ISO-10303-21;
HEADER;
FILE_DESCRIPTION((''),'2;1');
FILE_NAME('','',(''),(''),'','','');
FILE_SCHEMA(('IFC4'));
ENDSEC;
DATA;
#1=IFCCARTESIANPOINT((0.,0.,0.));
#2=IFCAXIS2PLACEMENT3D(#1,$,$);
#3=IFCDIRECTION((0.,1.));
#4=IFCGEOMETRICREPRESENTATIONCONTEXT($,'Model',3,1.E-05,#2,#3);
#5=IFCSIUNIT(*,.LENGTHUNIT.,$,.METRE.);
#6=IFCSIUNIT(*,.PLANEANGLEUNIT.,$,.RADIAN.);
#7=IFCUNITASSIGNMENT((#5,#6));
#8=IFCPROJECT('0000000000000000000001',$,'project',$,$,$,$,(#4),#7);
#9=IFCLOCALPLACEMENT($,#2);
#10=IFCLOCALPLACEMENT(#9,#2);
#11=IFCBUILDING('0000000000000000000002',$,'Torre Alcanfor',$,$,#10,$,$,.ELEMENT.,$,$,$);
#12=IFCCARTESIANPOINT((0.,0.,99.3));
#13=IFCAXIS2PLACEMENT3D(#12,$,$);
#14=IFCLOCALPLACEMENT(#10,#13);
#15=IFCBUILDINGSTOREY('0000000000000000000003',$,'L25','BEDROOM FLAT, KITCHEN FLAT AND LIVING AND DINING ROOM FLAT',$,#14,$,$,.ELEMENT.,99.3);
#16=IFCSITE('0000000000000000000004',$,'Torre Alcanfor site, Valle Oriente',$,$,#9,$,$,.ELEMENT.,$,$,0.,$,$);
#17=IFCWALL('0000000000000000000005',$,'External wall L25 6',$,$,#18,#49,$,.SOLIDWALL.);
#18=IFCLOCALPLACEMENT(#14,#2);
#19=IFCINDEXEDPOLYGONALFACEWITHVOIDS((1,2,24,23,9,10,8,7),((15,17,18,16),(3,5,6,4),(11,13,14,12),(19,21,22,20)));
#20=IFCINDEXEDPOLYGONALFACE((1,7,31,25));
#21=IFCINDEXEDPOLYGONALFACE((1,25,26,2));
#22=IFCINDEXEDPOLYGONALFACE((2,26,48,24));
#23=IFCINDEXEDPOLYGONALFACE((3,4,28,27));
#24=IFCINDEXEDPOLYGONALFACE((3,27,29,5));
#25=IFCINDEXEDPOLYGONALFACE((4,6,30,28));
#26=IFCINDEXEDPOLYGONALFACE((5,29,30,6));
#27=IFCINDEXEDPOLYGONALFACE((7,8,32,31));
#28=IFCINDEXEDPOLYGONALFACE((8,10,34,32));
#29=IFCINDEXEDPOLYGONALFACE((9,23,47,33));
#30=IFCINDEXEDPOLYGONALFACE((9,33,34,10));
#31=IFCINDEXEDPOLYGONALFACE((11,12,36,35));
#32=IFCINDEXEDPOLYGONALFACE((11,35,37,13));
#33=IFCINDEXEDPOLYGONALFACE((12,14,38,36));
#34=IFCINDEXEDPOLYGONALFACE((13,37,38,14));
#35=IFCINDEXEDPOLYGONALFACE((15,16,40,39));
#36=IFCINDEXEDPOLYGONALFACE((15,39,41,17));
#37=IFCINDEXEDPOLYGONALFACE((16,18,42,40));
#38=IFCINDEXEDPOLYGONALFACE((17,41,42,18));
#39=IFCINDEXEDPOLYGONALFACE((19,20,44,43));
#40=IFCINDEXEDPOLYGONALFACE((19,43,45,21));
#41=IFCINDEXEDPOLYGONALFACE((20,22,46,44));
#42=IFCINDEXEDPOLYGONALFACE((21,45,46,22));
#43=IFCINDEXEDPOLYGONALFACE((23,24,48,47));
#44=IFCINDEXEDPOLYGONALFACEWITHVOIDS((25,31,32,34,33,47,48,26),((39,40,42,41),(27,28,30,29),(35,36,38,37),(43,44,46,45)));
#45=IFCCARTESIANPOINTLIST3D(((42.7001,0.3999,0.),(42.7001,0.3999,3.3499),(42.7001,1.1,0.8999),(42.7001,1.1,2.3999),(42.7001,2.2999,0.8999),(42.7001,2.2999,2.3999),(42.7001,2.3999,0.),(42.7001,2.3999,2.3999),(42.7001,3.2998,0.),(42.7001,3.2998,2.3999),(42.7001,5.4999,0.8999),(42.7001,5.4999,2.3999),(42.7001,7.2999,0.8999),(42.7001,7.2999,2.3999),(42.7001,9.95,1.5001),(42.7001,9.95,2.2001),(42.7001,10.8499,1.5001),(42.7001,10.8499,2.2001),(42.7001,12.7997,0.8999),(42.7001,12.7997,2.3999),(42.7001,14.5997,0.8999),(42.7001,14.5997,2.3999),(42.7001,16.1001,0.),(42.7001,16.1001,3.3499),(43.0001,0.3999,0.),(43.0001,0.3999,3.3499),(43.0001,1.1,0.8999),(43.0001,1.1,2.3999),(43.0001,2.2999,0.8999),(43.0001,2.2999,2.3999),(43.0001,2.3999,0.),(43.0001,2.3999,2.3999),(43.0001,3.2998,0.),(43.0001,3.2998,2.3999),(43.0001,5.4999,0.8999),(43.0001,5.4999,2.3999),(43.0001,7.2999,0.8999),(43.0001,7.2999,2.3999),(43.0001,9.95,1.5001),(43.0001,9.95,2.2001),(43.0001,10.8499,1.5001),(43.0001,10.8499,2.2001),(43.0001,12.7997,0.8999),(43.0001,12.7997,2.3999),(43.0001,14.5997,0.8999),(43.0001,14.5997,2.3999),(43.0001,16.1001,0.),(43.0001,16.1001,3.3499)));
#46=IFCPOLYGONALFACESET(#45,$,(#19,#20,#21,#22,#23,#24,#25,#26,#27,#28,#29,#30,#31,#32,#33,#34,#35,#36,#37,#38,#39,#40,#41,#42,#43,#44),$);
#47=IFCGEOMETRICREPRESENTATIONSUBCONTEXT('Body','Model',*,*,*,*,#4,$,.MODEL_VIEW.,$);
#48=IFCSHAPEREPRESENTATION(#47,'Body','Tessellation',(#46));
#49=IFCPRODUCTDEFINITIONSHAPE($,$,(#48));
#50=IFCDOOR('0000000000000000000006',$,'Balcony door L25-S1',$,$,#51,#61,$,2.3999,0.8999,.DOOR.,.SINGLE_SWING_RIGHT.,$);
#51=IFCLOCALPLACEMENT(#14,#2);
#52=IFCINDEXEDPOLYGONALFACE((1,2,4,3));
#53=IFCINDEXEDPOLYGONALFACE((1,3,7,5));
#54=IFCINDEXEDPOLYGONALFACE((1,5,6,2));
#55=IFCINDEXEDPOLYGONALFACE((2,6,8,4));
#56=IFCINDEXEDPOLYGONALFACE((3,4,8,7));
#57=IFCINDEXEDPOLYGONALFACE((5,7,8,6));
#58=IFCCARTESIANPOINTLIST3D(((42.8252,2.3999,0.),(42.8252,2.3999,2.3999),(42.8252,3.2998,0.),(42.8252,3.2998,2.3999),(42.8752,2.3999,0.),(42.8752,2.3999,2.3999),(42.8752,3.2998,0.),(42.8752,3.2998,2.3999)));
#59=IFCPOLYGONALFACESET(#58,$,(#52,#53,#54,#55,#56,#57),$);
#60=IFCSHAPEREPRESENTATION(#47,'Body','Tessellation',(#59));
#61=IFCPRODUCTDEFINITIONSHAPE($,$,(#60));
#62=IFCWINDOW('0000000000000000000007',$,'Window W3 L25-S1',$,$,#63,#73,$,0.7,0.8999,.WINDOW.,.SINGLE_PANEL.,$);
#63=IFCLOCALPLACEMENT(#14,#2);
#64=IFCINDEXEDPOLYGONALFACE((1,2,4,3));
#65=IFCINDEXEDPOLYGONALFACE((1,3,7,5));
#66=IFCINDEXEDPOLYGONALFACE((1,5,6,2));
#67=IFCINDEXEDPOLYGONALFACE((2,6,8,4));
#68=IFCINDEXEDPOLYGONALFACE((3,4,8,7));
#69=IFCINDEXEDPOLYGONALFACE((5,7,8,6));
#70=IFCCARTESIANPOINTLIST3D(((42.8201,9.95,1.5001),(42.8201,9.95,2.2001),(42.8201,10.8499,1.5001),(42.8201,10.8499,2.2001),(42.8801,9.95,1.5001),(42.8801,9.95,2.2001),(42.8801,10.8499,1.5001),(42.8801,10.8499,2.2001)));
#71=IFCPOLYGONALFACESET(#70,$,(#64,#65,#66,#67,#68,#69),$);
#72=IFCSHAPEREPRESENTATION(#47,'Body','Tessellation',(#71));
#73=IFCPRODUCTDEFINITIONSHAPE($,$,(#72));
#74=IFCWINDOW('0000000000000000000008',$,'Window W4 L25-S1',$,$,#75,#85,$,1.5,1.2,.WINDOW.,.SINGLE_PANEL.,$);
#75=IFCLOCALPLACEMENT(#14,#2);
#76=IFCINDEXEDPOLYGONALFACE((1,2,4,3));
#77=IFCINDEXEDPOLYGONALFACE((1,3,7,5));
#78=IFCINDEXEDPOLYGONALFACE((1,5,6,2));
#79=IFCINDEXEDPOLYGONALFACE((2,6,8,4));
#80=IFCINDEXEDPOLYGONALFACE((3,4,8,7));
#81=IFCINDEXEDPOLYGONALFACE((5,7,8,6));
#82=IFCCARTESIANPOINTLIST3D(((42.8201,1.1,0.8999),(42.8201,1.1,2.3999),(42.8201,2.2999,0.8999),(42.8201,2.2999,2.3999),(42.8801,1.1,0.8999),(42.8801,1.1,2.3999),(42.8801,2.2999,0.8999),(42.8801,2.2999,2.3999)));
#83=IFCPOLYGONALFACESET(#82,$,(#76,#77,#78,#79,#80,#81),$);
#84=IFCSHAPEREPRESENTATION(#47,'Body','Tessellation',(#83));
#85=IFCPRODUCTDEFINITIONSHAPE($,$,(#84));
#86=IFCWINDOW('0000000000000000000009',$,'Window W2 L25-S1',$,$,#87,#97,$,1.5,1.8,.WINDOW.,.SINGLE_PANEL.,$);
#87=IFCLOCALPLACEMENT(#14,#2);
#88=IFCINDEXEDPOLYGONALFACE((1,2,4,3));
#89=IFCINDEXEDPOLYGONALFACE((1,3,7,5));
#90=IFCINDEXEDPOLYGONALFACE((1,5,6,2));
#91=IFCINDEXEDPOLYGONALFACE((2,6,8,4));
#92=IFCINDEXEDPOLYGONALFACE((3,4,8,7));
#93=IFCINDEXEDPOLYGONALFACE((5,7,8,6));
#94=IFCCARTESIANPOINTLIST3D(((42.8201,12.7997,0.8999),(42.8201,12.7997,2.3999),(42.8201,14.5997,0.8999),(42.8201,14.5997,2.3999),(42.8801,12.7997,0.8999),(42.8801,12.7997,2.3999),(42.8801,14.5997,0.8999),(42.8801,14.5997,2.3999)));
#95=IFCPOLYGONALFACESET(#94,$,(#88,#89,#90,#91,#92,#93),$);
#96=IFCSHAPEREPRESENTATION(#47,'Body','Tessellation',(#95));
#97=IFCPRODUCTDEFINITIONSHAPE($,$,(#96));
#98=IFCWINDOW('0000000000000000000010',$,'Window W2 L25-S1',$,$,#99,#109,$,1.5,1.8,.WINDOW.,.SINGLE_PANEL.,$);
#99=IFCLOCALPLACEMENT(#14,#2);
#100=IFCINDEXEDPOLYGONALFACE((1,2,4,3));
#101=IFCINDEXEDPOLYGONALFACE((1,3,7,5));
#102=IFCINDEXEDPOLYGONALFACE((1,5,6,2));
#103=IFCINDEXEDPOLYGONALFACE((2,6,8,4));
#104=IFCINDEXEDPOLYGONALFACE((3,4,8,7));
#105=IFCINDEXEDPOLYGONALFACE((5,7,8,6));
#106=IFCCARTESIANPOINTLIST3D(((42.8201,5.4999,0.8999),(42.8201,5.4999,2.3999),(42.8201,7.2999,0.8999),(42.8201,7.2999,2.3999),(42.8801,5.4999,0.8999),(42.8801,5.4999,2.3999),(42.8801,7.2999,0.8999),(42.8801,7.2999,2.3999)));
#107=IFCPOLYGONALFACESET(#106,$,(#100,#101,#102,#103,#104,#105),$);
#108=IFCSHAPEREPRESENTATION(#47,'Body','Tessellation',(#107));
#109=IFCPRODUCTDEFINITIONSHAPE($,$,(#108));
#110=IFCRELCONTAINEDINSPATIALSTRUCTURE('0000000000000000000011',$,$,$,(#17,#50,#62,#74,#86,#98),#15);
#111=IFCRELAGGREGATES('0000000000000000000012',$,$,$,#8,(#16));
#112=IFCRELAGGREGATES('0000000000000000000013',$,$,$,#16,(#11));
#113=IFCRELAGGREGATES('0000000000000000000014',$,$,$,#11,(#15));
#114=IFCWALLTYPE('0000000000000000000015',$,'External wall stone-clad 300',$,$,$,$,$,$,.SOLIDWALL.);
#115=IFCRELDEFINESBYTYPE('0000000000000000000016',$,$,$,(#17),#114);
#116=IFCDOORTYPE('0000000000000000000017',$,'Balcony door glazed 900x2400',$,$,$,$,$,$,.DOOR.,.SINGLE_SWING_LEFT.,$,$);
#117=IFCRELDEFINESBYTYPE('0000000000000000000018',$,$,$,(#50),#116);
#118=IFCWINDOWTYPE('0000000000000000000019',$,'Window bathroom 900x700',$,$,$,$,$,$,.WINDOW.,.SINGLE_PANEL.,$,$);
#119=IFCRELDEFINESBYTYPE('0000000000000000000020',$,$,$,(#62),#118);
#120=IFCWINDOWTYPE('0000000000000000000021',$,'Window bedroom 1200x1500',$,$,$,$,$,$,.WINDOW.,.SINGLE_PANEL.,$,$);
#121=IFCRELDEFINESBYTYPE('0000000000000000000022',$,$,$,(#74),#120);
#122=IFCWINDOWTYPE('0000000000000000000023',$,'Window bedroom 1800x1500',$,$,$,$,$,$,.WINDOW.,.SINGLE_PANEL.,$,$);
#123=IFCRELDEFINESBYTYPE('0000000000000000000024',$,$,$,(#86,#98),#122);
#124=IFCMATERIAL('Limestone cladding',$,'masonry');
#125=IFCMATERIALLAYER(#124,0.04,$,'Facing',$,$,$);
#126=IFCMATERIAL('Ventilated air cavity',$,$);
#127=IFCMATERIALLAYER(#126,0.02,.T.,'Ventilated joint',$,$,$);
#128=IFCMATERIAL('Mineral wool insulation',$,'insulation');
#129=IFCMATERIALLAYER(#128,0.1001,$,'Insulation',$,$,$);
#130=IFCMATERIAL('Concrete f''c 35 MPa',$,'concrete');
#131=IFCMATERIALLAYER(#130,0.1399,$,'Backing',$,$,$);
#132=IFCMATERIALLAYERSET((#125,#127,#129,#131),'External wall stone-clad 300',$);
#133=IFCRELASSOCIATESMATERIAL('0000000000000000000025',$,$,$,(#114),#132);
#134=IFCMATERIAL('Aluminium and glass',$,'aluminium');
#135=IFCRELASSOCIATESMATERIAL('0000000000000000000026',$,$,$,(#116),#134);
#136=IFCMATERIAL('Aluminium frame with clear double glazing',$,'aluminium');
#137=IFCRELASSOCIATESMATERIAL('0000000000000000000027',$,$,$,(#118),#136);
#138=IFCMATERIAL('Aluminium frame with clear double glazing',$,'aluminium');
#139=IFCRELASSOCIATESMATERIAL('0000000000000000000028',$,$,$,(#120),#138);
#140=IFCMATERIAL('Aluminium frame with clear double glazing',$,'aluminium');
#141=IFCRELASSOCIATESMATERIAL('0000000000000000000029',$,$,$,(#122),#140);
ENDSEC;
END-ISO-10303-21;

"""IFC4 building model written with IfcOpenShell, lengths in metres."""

from ifc_helpers import new_model, si_unit, direction, frame, frame_2d, origin, place, context, subcontext, project, spatial, rectangle, extrude, material, layer, layer_set, type_object, element, fill, save


model = new_model("IFC4")

# Units and contexts
model_context = context("Model", 3, precision=1e-05, world=origin(), true_north=direction((0.0, 1.0)))
body_context = subcontext(model_context, "Body", "Model", "MODEL_VIEW")
ifc_project = project(units=[si_unit("LENGTHUNIT", "METRE"), si_unit("PLANEANGLEUNIT", "RADIAN")], contexts=[model_context])

# Site, building, storey
site_placement = place(None, origin())
site = spatial("IfcSite", under=ifc_project, at=site_placement, Name="Torre Alcanfor site, Valle Oriente", CompositionType="ELEMENT", RefElevation=0.0)
building_placement = place(site_placement, origin())
building = spatial("IfcBuilding", under=site, at=building_placement, Name="Torre Alcanfor", CompositionType="ELEMENT")
storey_placement = place(building_placement, frame((0.0, 0.0, 99.3)))
storey = spatial("IfcBuildingStorey", under=building, at=storey_placement, Name="L25", Description="BEDROOM FLAT, KITCHEN FLAT AND LIVING AND DINING ROOM FLAT", CompositionType="ELEMENT", Elevation=99.3)

# Wall, openings, door, windows
ifc_material_1 = material(Name="Limestone cladding", Category="masonry")
ifc_layer_1 = layer(ifc_material_1, 0.04, Name="Facing")
ifc_material_2 = material(Name="Ventilated air cavity")
ifc_layer_2 = layer(ifc_material_2, 0.02, ventilated=True, Name="Ventilated joint")
ifc_material_3 = material(Name="Mineral wool insulation", Category="insulation")
ifc_layer_3 = layer(ifc_material_3, 0.1001, Name="Insulation")
ifc_material_4 = material(Name="Concrete f'c 35 MPa", Category="concrete")
ifc_layer_4 = layer(ifc_material_4, 0.1399, Name="Backing")
ifc_layer_set_1 = layer_set([ifc_layer_1, ifc_layer_2, ifc_layer_3, ifc_layer_4], Name="External wall stone-clad 300")
wall_type_1 = type_object("IfcWallType", Name="External wall stone-clad 300", PredefinedType="SOLIDWALL", material=ifc_layer_set_1)
wall_1_placement = place(storey_placement, frame((42.8501, 0.3999, 0.0), z_axis=(0.0, 0.0, 1.0), x_axis=(0.0, 1.0, 0.0)))
wall_1 = element("IfcWall", 1, at=wall_1_placement, inside=storey, type_object=wall_type_1, Name="External wall L25 6", PredefinedType="SOLIDWALL", context=body_context, shape_type="SweptSolid", body=[
    extrude(rectangle(XDim=15.7002, YDim=0.3, at=frame_2d((7.8501, 0.0))), origin(), (0.0, 0.0, 1.0), 3.3499),
])
opening_1_placement = place(wall_1_placement, frame((12.3999, 0.0, 0.8999)))
opening_1 = element("IfcOpeningElement", 2, at=opening_1_placement, cuts=wall_1, PredefinedType="OPENING", context=body_context, shape_type="SweptSolid", body=[
    extrude(rectangle(XDim=1.8, YDim=1.5, at=frame_2d((0.8999, 0.75))), frame((0.0, 0.1599, 0.0), z_axis=(0.0, -1.0, 0.0), x_axis=(1.0, 0.0, 0.0)), (0.0, 0.0, 1.0), 0.3201),
])
opening_2_placement = place(wall_1_placement, frame((9.55, 0.0, 1.5)))
opening_2 = element("IfcOpeningElement", 3, at=opening_2_placement, cuts=wall_1, PredefinedType="OPENING", context=body_context, shape_type="SweptSolid", body=[
    extrude(rectangle(XDim=0.8999, YDim=0.7, at=frame_2d((0.45, 0.3501))), frame((0.0, 0.1599, 0.0), z_axis=(0.0, -1.0, 0.0), x_axis=(1.0, 0.0, 0.0)), (0.0, 0.0, 1.0), 0.3201),
])
opening_3_placement = place(wall_1_placement, frame((5.1001, 0.0, 0.8999)))
opening_3 = element("IfcOpeningElement", 4, at=opening_3_placement, cuts=wall_1, PredefinedType="OPENING", context=body_context, shape_type="SweptSolid", body=[
    extrude(rectangle(XDim=1.8, YDim=1.5, at=frame_2d((0.8999, 0.75))), frame((0.0, 0.1599, 0.0), z_axis=(0.0, -1.0, 0.0), x_axis=(1.0, 0.0, 0.0)), (0.0, 0.0, 1.0), 0.3201),
])
opening_4_placement = place(wall_1_placement, frame((2.0, 0.0, 0.0)))
opening_4 = element("IfcOpeningElement", 5, at=opening_4_placement, cuts=wall_1, PredefinedType="OPENING", context=body_context, shape_type="SweptSolid", body=[
    extrude(rectangle(XDim=0.8999, YDim=2.3999, at=frame_2d((0.45, 1.2))), frame((0.0, 0.1599, 0.0), z_axis=(0.0, -1.0, 0.0), x_axis=(1.0, 0.0, 0.0)), (0.0, 0.0, 1.0), 0.3201),
])
opening_5_placement = place(wall_1_placement, frame((0.7, 0.0, 0.8999)))
opening_5 = element("IfcOpeningElement", 6, at=opening_5_placement, cuts=wall_1, PredefinedType="OPENING", context=body_context, shape_type="SweptSolid", body=[
    extrude(rectangle(XDim=1.2, YDim=1.5, at=frame_2d((0.6001, 0.75))), frame((0.0, 0.1599, 0.0), z_axis=(0.0, -1.0, 0.0), x_axis=(1.0, 0.0, 0.0)), (0.0, 0.0, 1.0), 0.3201),
])
ifc_material_5 = material(Name="Aluminium and glass", Category="aluminium")
door_type = type_object("IfcDoorType", Name="Balcony door glazed 900x2400", OperationType="SINGLE_SWING_LEFT", PredefinedType="DOOR", material=ifc_material_5)
door_1_placement = place(opening_4_placement, origin())
door_1 = element("IfcDoor", 7, at=door_1_placement, inside=storey, type_object=door_type, Name="Balcony door L25-S1", OperationType="SINGLE_SWING_RIGHT", OverallHeight=2.3999, OverallWidth=0.8999, PredefinedType="DOOR", context=body_context, shape_type="SweptSolid", body=[
    extrude(rectangle(XDim=0.8999, YDim=2.3999, at=frame_2d((0.45, 1.2))), frame((0.0, 0.0249, 0.0), z_axis=(0.0, -1.0, 0.0), x_axis=(1.0, 0.0, 0.0)), (0.0, 0.0, 1.0), 0.05),
])
fill(opening_4, door_1)
ifc_material_6 = material(Name="Aluminium frame with clear double glazing", Category="aluminium")
window_type_1 = type_object("IfcWindowType", Name="Window bathroom 900x700", PartitioningType="SINGLE_PANEL", PredefinedType="WINDOW", material=ifc_material_6)
window_1_placement = place(opening_2_placement, origin())
window_1 = element("IfcWindow", 8, at=window_1_placement, inside=storey, type_object=window_type_1, Name="Window W3 L25-S1", OverallHeight=0.7, OverallWidth=0.8999, PartitioningType="SINGLE_PANEL", PredefinedType="WINDOW", context=body_context, shape_type="SweptSolid", body=[
    extrude(rectangle(XDim=0.8999, YDim=0.7, at=frame_2d((0.45, 0.3501))), frame((0.0, 0.03, 0.0), z_axis=(0.0, -1.0, 0.0), x_axis=(1.0, 0.0, 0.0)), (0.0, 0.0, 1.0), 0.0601),
])
fill(opening_2, window_1)
ifc_material_7 = material(Name="Aluminium frame with clear double glazing", Category="aluminium")
window_type_2 = type_object("IfcWindowType", Name="Window bedroom 1200x1500", PartitioningType="SINGLE_PANEL", PredefinedType="WINDOW", material=ifc_material_7)
window_2_placement = place(opening_5_placement, origin())
window_2 = element("IfcWindow", 9, at=window_2_placement, inside=storey, type_object=window_type_2, Name="Window W4 L25-S1", OverallHeight=1.5, OverallWidth=1.2, PartitioningType="SINGLE_PANEL", PredefinedType="WINDOW", context=body_context, shape_type="SweptSolid", body=[
    extrude(rectangle(XDim=1.2, YDim=1.5, at=frame_2d((0.6001, 0.75))), frame((0.0, 0.03, 0.0), z_axis=(0.0, -1.0, 0.0), x_axis=(1.0, 0.0, 0.0)), (0.0, 0.0, 1.0), 0.0601),
])
fill(opening_5, window_2)
ifc_material_8 = material(Name="Aluminium frame with clear double glazing", Category="aluminium")
window_type_3 = type_object("IfcWindowType", Name="Window bedroom 1800x1500", PartitioningType="SINGLE_PANEL", PredefinedType="WINDOW", material=ifc_material_8)
window_3_placement = place(opening_1_placement, origin())
window_3 = element("IfcWindow", 10, at=window_3_placement, inside=storey, type_object=window_type_3, Name="Window W2 L25-S1", OverallHeight=1.5, OverallWidth=1.8, PartitioningType="SINGLE_PANEL", PredefinedType="WINDOW", context=body_context, shape_type="SweptSolid", body=[
    extrude(rectangle(XDim=1.8, YDim=1.5, at=frame_2d((0.8999, 0.75))), frame((0.0, 0.03, 0.0), z_axis=(0.0, -1.0, 0.0), x_axis=(1.0, 0.0, 0.0)), (0.0, 0.0, 1.0), 0.0601),
])
fill(opening_1, window_3)
window_4_placement = place(opening_3_placement, origin())
window_4 = element("IfcWindow", 11, at=window_4_placement, inside=storey, type_object=window_type_3, Name="Window W2 L25-S1", OverallHeight=1.5, OverallWidth=1.8, PartitioningType="SINGLE_PANEL", PredefinedType="WINDOW", context=body_context, shape_type="SweptSolid", body=[
    extrude(rectangle(XDim=1.8, YDim=1.5, at=frame_2d((0.8999, 0.75))), frame((0.0, 0.03, 0.0), z_axis=(0.0, -1.0, 0.0), x_axis=(1.0, 0.0, 0.0)), (0.0, 0.0, 1.0), 0.0601),
])
fill(opening_3, window_4)

save(model, "model.ifc")
